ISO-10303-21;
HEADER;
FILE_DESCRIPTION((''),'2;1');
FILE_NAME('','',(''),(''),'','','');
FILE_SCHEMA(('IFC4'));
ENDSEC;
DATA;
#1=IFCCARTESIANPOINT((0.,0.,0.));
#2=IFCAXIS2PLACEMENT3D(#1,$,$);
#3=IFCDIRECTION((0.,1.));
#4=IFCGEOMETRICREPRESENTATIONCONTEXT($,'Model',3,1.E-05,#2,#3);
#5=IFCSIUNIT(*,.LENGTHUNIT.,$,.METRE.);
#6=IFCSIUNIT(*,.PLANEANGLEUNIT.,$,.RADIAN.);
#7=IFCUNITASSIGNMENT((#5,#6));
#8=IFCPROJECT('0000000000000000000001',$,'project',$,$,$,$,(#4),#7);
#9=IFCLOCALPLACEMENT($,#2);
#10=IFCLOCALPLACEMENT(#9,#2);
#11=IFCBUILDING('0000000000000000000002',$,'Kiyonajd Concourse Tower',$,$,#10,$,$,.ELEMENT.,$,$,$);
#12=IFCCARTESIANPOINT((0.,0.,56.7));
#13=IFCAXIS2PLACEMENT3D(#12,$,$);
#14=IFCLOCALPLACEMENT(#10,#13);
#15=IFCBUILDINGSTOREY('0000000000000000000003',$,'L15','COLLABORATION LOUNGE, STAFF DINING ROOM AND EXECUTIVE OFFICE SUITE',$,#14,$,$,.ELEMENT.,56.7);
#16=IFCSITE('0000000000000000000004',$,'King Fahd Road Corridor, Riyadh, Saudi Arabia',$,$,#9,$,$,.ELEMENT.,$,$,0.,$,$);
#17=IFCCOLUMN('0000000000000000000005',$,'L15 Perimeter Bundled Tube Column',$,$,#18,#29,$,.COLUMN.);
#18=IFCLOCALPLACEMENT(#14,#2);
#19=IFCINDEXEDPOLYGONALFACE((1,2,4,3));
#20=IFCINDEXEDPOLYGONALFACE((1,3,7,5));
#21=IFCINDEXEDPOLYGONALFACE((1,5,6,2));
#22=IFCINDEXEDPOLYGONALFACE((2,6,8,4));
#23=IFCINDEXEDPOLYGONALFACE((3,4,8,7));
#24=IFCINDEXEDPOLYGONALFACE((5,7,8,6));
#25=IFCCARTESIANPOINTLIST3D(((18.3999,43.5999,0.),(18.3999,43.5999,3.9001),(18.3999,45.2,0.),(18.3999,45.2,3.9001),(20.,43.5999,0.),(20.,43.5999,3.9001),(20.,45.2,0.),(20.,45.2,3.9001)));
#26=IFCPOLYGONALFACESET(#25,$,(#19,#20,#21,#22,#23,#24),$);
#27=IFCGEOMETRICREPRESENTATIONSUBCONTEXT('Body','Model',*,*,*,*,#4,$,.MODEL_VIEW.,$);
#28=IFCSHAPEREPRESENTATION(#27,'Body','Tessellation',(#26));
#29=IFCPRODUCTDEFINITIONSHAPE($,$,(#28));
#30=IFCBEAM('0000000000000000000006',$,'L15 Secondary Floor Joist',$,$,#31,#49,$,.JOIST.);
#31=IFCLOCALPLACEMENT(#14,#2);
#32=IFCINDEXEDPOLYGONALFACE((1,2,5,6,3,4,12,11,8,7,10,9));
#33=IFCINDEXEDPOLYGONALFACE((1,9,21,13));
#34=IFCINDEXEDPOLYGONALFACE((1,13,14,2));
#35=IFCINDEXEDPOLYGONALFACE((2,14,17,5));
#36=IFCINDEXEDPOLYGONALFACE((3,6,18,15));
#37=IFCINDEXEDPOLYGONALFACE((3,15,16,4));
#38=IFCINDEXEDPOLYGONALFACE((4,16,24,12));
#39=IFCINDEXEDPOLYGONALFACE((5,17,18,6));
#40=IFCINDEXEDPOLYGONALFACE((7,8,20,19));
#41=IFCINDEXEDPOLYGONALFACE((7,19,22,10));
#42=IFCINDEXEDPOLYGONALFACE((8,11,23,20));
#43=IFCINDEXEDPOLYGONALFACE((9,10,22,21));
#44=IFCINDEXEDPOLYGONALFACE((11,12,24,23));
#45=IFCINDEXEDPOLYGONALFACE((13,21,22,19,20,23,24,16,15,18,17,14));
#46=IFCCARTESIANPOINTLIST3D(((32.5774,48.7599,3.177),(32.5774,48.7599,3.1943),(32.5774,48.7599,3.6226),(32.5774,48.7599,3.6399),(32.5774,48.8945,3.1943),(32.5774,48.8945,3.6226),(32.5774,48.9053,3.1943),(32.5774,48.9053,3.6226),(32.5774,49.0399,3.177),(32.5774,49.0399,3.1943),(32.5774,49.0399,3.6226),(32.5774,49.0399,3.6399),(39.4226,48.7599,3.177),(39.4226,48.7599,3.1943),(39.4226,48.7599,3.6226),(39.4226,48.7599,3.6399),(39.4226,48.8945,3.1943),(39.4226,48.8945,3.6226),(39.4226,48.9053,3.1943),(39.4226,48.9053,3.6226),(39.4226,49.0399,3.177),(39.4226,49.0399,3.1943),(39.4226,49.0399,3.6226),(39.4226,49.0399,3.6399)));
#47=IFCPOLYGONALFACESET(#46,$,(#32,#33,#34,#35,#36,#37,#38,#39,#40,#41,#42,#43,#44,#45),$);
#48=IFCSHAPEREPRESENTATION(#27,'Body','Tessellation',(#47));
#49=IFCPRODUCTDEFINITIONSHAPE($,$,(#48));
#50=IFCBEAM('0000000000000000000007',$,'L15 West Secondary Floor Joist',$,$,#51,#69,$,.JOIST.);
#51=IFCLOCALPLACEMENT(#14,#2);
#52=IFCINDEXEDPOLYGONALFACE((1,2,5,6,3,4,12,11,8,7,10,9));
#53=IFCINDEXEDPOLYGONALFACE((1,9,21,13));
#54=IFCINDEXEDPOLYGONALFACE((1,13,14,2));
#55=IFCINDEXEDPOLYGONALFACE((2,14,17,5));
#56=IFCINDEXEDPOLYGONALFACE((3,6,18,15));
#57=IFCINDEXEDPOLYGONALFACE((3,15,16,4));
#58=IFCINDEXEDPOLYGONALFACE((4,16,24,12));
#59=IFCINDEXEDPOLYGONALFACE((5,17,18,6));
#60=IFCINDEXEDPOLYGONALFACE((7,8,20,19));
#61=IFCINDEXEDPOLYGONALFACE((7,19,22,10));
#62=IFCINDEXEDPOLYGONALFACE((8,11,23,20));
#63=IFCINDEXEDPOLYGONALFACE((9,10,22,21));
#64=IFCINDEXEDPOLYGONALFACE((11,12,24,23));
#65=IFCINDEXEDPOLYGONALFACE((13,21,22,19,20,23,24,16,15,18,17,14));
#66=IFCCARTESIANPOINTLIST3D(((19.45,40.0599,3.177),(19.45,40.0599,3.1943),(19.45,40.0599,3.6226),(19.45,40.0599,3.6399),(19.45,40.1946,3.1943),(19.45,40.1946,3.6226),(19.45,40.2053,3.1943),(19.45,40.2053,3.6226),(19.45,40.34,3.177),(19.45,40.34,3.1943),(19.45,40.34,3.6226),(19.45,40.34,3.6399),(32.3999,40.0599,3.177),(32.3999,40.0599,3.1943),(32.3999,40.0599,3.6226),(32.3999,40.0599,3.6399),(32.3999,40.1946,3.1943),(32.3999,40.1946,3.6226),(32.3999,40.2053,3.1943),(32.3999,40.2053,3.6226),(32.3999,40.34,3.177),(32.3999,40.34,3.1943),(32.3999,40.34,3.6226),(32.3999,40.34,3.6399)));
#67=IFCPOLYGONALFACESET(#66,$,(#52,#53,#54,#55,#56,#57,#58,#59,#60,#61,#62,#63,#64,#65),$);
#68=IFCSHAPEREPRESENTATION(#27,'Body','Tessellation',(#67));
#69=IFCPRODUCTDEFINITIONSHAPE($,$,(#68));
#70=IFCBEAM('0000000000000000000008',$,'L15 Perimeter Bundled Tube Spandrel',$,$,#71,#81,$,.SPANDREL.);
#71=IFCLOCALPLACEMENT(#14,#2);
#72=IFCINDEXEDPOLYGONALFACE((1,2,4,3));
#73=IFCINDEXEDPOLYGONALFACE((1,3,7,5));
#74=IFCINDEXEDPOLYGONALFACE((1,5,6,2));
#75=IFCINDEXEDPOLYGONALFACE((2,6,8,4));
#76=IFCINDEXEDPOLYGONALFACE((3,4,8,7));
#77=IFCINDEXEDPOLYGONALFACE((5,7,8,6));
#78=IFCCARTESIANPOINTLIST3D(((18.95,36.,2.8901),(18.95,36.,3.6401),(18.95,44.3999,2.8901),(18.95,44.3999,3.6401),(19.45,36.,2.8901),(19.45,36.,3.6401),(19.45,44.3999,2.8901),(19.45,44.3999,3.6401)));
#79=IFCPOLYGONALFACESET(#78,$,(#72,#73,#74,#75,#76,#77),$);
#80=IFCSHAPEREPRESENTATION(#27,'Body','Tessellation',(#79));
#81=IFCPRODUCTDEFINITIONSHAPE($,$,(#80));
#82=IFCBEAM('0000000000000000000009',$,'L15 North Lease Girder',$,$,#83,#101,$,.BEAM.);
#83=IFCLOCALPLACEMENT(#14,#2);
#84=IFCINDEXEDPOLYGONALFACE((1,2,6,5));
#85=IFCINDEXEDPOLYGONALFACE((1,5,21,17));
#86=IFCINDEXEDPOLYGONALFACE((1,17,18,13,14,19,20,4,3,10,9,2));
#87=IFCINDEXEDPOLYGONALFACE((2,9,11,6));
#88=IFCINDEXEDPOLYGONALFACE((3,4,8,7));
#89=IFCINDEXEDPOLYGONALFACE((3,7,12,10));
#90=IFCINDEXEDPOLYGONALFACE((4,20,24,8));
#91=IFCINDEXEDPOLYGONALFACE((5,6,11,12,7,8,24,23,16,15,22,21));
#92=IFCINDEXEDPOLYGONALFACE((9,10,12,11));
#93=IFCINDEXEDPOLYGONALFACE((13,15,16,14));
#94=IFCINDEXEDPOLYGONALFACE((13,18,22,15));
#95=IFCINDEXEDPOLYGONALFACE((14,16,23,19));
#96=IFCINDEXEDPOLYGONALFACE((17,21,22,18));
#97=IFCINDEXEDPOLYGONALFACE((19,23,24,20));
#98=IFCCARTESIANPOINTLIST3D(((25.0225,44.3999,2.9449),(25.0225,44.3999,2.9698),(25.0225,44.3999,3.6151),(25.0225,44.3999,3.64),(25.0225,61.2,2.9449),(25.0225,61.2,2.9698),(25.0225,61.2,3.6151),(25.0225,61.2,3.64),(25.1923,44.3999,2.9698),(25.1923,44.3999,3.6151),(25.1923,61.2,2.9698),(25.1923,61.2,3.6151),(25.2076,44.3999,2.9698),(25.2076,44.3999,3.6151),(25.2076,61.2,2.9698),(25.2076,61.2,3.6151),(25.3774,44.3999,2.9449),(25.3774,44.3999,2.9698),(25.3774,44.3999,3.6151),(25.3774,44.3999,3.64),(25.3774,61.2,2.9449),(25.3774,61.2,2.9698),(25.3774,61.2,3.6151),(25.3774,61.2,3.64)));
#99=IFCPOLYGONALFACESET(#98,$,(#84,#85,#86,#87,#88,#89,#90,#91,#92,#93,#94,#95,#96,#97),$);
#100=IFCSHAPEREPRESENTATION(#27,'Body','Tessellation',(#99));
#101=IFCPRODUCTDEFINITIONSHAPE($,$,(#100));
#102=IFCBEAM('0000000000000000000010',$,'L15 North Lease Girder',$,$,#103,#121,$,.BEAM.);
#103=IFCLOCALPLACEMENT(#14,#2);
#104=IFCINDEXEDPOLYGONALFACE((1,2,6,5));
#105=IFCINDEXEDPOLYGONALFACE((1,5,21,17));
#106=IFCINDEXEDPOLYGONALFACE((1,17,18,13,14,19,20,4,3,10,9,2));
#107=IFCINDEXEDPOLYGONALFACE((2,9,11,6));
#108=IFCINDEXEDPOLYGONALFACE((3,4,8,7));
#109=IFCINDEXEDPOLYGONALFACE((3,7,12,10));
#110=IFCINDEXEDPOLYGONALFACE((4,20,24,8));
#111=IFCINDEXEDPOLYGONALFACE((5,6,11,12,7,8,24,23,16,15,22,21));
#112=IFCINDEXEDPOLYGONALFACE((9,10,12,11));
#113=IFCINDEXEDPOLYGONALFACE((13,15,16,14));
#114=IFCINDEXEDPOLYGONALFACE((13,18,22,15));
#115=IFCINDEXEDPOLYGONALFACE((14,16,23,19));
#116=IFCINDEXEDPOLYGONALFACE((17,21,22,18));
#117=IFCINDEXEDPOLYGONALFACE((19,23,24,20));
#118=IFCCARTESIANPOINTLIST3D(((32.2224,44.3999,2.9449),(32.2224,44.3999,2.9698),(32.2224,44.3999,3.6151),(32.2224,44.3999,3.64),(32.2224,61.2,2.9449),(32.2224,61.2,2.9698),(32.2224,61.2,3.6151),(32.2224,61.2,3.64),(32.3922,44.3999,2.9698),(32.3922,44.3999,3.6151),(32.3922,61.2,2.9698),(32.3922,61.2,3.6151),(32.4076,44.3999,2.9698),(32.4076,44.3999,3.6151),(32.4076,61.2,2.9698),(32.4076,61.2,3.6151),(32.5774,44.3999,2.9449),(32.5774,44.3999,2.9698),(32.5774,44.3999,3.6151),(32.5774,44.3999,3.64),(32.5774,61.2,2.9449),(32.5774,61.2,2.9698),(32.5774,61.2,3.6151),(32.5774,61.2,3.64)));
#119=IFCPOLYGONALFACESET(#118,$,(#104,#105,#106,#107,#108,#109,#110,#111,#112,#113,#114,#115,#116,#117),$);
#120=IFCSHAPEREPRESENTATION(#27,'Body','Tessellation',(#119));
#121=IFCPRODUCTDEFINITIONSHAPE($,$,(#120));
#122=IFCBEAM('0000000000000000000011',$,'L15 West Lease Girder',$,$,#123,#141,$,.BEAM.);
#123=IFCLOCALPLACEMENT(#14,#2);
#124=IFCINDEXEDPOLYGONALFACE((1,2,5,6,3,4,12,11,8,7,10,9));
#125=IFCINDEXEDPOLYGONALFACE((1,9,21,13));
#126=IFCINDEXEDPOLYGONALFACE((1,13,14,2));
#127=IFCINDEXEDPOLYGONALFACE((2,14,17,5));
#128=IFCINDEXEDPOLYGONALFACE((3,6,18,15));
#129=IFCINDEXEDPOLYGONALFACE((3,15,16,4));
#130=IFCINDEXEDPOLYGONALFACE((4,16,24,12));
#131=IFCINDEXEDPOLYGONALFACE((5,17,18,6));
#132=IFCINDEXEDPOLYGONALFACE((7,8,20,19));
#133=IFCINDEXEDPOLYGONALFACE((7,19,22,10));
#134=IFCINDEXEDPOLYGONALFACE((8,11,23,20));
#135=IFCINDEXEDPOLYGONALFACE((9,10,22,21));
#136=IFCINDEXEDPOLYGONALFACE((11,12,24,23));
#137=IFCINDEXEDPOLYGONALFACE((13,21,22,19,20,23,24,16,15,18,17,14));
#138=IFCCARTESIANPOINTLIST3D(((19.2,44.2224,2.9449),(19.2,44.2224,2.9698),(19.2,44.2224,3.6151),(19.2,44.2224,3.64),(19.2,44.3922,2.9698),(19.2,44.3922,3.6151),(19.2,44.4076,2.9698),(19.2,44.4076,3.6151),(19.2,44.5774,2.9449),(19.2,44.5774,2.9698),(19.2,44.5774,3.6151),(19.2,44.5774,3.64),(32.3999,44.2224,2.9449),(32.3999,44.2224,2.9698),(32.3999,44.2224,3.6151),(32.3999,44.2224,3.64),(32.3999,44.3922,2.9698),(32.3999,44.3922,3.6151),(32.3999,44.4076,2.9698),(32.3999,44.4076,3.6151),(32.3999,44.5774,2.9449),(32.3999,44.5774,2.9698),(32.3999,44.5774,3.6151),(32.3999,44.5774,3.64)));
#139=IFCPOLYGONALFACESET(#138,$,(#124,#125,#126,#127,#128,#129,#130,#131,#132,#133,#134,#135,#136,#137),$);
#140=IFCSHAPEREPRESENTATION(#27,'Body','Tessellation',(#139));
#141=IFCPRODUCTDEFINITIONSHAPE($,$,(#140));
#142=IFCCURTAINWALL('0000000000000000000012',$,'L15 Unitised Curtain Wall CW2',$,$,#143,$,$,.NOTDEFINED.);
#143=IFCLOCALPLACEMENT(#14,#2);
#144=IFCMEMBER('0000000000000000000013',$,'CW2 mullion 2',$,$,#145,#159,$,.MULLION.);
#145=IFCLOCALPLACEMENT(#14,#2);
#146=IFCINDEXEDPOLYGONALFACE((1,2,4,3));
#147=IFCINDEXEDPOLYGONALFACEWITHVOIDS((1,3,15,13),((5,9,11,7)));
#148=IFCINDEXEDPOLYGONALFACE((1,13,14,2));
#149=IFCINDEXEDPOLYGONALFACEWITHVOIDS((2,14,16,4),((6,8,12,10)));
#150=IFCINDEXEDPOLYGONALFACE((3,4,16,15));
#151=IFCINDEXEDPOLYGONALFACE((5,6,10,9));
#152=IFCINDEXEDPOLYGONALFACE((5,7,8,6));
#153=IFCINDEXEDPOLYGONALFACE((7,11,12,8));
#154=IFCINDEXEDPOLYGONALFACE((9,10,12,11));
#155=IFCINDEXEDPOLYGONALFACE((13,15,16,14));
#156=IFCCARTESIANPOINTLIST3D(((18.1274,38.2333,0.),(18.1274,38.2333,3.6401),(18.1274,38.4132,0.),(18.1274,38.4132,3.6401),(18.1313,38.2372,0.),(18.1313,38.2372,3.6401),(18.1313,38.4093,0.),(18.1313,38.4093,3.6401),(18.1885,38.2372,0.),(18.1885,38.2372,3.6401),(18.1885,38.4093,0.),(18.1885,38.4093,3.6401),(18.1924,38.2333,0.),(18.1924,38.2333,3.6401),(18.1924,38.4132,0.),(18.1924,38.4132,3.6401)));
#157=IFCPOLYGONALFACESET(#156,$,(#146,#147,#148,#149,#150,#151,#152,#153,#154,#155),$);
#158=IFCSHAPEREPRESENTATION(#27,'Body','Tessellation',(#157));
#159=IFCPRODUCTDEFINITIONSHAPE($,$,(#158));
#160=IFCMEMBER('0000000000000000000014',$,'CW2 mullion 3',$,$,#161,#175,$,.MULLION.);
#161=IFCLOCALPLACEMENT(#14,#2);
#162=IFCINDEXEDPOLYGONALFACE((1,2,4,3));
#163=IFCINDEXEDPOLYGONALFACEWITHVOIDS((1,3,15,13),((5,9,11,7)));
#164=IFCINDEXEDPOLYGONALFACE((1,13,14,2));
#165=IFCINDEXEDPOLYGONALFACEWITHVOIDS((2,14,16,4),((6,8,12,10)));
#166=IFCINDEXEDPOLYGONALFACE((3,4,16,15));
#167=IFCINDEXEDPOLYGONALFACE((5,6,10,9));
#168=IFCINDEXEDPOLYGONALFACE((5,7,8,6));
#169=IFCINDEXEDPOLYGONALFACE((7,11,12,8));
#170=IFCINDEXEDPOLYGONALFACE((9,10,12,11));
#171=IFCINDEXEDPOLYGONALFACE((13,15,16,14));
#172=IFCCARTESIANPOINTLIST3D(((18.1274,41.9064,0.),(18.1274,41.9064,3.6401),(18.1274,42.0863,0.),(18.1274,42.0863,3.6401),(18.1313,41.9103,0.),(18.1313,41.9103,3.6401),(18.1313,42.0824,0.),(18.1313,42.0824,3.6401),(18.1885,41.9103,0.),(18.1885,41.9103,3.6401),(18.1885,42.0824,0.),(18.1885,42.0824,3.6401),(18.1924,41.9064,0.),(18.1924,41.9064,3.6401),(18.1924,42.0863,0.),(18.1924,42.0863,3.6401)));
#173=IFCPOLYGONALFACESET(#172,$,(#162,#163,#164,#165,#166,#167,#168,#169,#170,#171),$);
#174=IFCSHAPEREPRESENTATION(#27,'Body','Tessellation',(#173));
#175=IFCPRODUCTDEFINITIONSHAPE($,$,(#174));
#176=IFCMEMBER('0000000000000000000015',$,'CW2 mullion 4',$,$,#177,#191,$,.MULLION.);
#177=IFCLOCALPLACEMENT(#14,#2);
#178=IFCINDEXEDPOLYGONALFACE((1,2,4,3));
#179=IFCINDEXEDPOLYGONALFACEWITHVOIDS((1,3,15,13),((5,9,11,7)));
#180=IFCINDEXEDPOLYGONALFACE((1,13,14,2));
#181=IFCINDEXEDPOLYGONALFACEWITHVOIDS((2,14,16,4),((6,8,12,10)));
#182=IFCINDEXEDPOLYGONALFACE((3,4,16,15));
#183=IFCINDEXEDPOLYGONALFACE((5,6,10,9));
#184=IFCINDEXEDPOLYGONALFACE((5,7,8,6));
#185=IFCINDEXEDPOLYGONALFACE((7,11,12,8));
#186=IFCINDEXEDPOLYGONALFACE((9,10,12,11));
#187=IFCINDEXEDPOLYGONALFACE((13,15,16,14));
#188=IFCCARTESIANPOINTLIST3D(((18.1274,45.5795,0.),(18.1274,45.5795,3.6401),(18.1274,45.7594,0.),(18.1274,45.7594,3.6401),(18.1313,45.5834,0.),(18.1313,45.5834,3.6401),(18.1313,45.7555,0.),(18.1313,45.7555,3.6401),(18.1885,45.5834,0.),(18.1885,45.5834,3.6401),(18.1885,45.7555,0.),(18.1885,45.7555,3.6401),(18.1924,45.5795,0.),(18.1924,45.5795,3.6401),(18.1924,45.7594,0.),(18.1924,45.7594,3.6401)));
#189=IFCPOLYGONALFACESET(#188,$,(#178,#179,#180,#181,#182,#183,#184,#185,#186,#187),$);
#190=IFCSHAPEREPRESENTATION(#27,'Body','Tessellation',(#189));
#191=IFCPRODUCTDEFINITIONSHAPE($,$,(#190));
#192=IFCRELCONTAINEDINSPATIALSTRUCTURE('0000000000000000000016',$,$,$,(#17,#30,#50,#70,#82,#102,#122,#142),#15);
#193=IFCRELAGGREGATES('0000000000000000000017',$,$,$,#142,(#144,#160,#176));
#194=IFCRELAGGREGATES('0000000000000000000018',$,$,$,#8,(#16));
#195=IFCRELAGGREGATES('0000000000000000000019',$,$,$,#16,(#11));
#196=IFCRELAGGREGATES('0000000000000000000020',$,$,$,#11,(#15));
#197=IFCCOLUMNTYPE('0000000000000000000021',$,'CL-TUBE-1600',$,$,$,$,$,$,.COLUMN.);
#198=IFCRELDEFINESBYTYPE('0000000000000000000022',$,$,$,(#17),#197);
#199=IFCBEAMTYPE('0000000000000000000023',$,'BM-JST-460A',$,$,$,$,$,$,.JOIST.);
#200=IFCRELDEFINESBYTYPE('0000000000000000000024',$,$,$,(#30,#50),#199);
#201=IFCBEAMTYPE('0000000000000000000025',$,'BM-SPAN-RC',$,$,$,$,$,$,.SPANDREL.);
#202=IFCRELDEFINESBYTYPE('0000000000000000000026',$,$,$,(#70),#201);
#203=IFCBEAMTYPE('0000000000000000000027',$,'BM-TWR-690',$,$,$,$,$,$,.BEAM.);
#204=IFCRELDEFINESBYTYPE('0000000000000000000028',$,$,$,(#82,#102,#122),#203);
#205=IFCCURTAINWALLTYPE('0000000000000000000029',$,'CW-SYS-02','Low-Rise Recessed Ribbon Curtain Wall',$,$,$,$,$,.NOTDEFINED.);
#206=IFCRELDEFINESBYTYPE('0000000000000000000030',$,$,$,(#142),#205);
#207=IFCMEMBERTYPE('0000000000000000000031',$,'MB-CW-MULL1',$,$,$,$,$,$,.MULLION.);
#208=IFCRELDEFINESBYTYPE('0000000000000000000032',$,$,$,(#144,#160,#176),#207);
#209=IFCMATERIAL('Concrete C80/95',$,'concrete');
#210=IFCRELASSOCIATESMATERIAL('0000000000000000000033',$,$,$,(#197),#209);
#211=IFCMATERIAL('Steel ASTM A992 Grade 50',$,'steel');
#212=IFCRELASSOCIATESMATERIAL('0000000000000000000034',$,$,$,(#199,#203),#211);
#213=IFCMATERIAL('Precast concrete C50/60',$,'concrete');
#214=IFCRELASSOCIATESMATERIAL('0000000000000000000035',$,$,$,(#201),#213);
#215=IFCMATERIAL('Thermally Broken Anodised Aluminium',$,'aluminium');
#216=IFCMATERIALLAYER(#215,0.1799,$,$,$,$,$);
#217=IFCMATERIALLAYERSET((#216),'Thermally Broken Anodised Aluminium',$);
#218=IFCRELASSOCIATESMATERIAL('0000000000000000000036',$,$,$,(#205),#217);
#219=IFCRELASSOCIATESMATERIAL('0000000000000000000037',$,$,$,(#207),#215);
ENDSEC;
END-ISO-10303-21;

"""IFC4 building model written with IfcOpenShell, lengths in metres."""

from ifc_helpers import new_model, si_unit, direction, frame, origin, origin_2d, place, context, subcontext, project, spatial, rectangle, hollow_rectangle, i_section, extrude, material, layer, layer_set, material_profile, profile_set, type_object, element, aggregate, save


model = new_model("IFC4")

# Units and contexts
model_context = context("Model", 3, precision=1e-05, world=origin(), true_north=direction((0.0, 1.0)))
body_context = subcontext(model_context, "Body", "Model", "MODEL_VIEW")
ifc_project = project(units=[si_unit("LENGTHUNIT", "METRE"), si_unit("PLANEANGLEUNIT", "RADIAN")], contexts=[model_context])

# Site, building, storey
site_placement = place(None, origin())
site = spatial("IfcSite", under=ifc_project, at=site_placement, Name="King Fahd Road Corridor, Riyadh, Saudi Arabia", CompositionType="ELEMENT", RefElevation=0.0)
building_placement = place(site_placement, origin())
building = spatial("IfcBuilding", under=site, at=building_placement, Name="Kiyonajd Concourse Tower", CompositionType="ELEMENT")
storey_placement = place(building_placement, frame((0.0, 0.0, 56.7)))
storey = spatial("IfcBuildingStorey", under=building, at=storey_placement, Name="L15", Description="COLLABORATION LOUNGE, STAFF DINING ROOM AND EXECUTIVE OFFICE SUITE", CompositionType="ELEMENT", Elevation=56.7)

# Column
ifc_material_1 = material(Name="Concrete C80/95", Category="concrete")
ifc_material_profile_1 = material_profile(ifc_material_1, rectangle(XDim=1.6001, YDim=1.6001, at=origin_2d()), Name="RC-1600x1600")
ifc_profile_set_1 = profile_set([ifc_material_profile_1], Name="Concrete C80/95")
column_type = type_object("IfcColumnType", Name="CL-TUBE-1600", PredefinedType="COLUMN", material=ifc_profile_set_1)
column_placement = place(storey_placement, frame((19.2, 44.3999, 0.0), z_axis=(0.0, 0.0, 1.0), x_axis=(1.0, 0.0, 0.0)))
element("IfcColumn", 1, at=column_placement, inside=storey, type_object=column_type, Name="L15 Perimeter Bundled Tube Column", PredefinedType="COLUMN", context=body_context, shape_type="SweptSolid", body=[
    extrude(rectangle(XDim=1.6001, YDim=1.6001, at=origin_2d()), origin(), (0.0, 0.0, 1.0), 3.9001),
])

# Beams
ifc_material_2 = material(Name="Steel ASTM A992 Grade 50", Category="steel")
ifc_material_profile_2 = material_profile(ifc_material_2, i_section(OverallWidth=0.28, OverallDepth=0.4629, WebThickness=0.0107, FlangeThickness=0.0173, at=origin_2d()), Name="W460X113")
ifc_profile_set_2 = profile_set([ifc_material_profile_2], Name="Steel ASTM A992 Grade 50")
beam_type_1 = type_object("IfcBeamType", Name="BM-JST-460A", PredefinedType="JOIST", material=ifc_profile_set_2)
beam_1_placement = place(storey_placement, frame((32.5774, 48.8999, 3.4084), z_axis=(1.0, 0.0, 0.0), x_axis=(0.0, 1.0, 0.0)))
element("IfcBeam", 2, at=beam_1_placement, inside=storey, type_object=beam_type_1, Name="L15 Secondary Floor Joist", PredefinedType="JOIST", context=body_context, shape_type="SweptSolid", body=[
    extrude(i_section(OverallWidth=0.28, OverallDepth=0.4629, WebThickness=0.0107, FlangeThickness=0.0173, at=origin_2d()), origin(), (0.0, 0.0, 1.0), 6.8452),
])
beam_2_placement = place(storey_placement, frame((19.45, 40.2, 3.4084), z_axis=(1.0, 0.0, 0.0), x_axis=(0.0, 1.0, 0.0)))
element("IfcBeam", 3, at=beam_2_placement, inside=storey, type_object=beam_type_1, Name="L15 West Secondary Floor Joist", PredefinedType="JOIST", context=body_context, shape_type="SweptSolid", body=[
    extrude(i_section(OverallWidth=0.28, OverallDepth=0.4629, WebThickness=0.0107, FlangeThickness=0.0173, at=origin_2d()), origin(), (0.0, 0.0, 1.0), 12.95),
])
ifc_material_3 = material(Name="Precast concrete C50/60", Category="concrete")
ifc_material_profile_3 = material_profile(ifc_material_3, rectangle(XDim=0.5, YDim=0.75, at=origin_2d()), Name="RCBM-500x750")
ifc_profile_set_3 = profile_set([ifc_material_profile_3], Name="Precast concrete C50/60")
beam_type_2 = type_object("IfcBeamType", Name="BM-SPAN-RC", PredefinedType="SPANDREL", material=ifc_profile_set_3)
beam_3_placement = place(storey_placement, frame((19.2, 44.3999, 3.2651), z_axis=(0.0, -1.0, 0.0), x_axis=(1.0, 0.0, 0.0)))
element("IfcBeam", 4, at=beam_3_placement, inside=storey, type_object=beam_type_2, Name="L15 Perimeter Bundled Tube Spandrel", PredefinedType="SPANDREL", context=body_context, shape_type="SweptSolid", body=[
    extrude(rectangle(XDim=0.5, YDim=0.75, at=origin_2d()), origin(), (0.0, 0.0, 1.0), 8.3999),
])
ifc_material_profile_4 = material_profile(ifc_material_2, i_section(OverallWidth=0.355, OverallDepth=0.6951, WebThickness=0.0154, FlangeThickness=0.0249, at=origin_2d()), Name="W690X217")
ifc_profile_set_4 = profile_set([ifc_material_profile_4], Name="Steel ASTM A992 Grade 50")
beam_type_3 = type_object("IfcBeamType", Name="BM-TWR-690", PredefinedType="BEAM", material=ifc_profile_set_4)
for number, where, z_axis, x_axis, name in (
    (5, (25.2, 44.3999, 3.2925), (0.0, 1.0, 0.0), (-1.0, 0.0, 0.0), "L15 North Lease Girder"),
    (6, (32.3999, 44.3999, 3.2925), (0.0, 1.0, 0.0), (-1.0, 0.0, 0.0), "L15 North Lease Girder"),
):
    element("IfcBeam", number, at=place(storey_placement, frame(where, z_axis=z_axis, x_axis=x_axis)), inside=storey, type_object=beam_type_3, Name=name, PredefinedType="BEAM", context=body_context, shape_type="SweptSolid", body=[
        extrude(i_section(OverallWidth=0.355, OverallDepth=0.6951, WebThickness=0.0154, FlangeThickness=0.0249, at=origin_2d()), origin(), (0.0, 0.0, 1.0), 16.8),
    ])
beam_4_placement = place(storey_placement, frame((19.2, 44.3999, 3.2925), z_axis=(1.0, 0.0, 0.0), x_axis=(0.0, 1.0, 0.0)))
element("IfcBeam", 7, at=beam_4_placement, inside=storey, type_object=beam_type_3, Name="L15 West Lease Girder", PredefinedType="BEAM", context=body_context, shape_type="SweptSolid", body=[
    extrude(i_section(OverallWidth=0.355, OverallDepth=0.6951, WebThickness=0.0154, FlangeThickness=0.0249, at=origin_2d()), origin(), (0.0, 0.0, 1.0), 13.2),
])

# Curtain wall, members
ifc_material_4 = material(Name="Thermally Broken Anodised Aluminium", Category="aluminium")
ifc_layer_1 = layer(ifc_material_4, 0.1799)
ifc_layer_set_1 = layer_set([ifc_layer_1], Name="Thermally Broken Anodised Aluminium")
curtain_wall_type = type_object("IfcCurtainWallType", Name="CW-SYS-02", Description="Low-Rise Recessed Ribbon Curtain Wall", PredefinedType="NOTDEFINED", material=ifc_layer_set_1)
curtain_wall_placement = place(storey_placement, origin())
curtain_wall = element("IfcCurtainWall", 8, at=curtain_wall_placement, inside=storey, type_object=curtain_wall_type, Name="L15 Unitised Curtain Wall CW2", PredefinedType="NOTDEFINED")
ifc_material_profile_5 = material_profile(ifc_material_4, hollow_rectangle(XDim=0.0649, YDim=0.1799, WallThickness=0.0039, at=origin_2d()), Name="MULL-65x180")
ifc_profile_set_5 = profile_set([ifc_material_profile_5], Name="Thermally Broken Anodised Aluminium")
member_type_1 = type_object("IfcMemberType", Name="MB-CW-MULL1", PredefinedType="MULLION", material=ifc_profile_set_5)
member_1_placement = place(storey_placement, frame((18.1599, 38.3232, 0.0), z_axis=(0.0, 0.0, 1.0), x_axis=(-1.0, 0.0, 0.0)))
member_1 = element("IfcMember", 9, at=member_1_placement, type_object=member_type_1, Name="CW2 mullion 2", PredefinedType="MULLION", context=body_context, shape_type="SweptSolid", body=[
    extrude(hollow_rectangle(XDim=0.0649, YDim=0.1799, WallThickness=0.0039, at=origin_2d()), origin(), (0.0, 0.0, 1.0), 3.6401),
])
member_2_placement = place(storey_placement, frame((18.1599, 41.9963, 0.0), z_axis=(0.0, 0.0, 1.0), x_axis=(-1.0, 0.0, 0.0)))
member_2 = element("IfcMember", 10, at=member_2_placement, type_object=member_type_1, Name="CW2 mullion 3", PredefinedType="MULLION", context=body_context, shape_type="SweptSolid", body=[
    extrude(hollow_rectangle(XDim=0.0649, YDim=0.1799, WallThickness=0.0039, at=origin_2d()), origin(), (0.0, 0.0, 1.0), 3.6401),
])
member_3_placement = place(storey_placement, frame((18.1599, 45.6694, 0.0), z_axis=(0.0, 0.0, 1.0), x_axis=(-1.0, 0.0, 0.0)))
member_3 = element("IfcMember", 11, at=member_3_placement, type_object=member_type_1, Name="CW2 mullion 4", PredefinedType="MULLION", context=body_context, shape_type="SweptSolid", body=[
    extrude(hollow_rectangle(XDim=0.0649, YDim=0.1799, WallThickness=0.0039, at=origin_2d()), origin(), (0.0, 0.0, 1.0), 3.6401),
])
aggregate(curtain_wall, [member_1, member_2, member_3])

save(model, "model.ifc")
